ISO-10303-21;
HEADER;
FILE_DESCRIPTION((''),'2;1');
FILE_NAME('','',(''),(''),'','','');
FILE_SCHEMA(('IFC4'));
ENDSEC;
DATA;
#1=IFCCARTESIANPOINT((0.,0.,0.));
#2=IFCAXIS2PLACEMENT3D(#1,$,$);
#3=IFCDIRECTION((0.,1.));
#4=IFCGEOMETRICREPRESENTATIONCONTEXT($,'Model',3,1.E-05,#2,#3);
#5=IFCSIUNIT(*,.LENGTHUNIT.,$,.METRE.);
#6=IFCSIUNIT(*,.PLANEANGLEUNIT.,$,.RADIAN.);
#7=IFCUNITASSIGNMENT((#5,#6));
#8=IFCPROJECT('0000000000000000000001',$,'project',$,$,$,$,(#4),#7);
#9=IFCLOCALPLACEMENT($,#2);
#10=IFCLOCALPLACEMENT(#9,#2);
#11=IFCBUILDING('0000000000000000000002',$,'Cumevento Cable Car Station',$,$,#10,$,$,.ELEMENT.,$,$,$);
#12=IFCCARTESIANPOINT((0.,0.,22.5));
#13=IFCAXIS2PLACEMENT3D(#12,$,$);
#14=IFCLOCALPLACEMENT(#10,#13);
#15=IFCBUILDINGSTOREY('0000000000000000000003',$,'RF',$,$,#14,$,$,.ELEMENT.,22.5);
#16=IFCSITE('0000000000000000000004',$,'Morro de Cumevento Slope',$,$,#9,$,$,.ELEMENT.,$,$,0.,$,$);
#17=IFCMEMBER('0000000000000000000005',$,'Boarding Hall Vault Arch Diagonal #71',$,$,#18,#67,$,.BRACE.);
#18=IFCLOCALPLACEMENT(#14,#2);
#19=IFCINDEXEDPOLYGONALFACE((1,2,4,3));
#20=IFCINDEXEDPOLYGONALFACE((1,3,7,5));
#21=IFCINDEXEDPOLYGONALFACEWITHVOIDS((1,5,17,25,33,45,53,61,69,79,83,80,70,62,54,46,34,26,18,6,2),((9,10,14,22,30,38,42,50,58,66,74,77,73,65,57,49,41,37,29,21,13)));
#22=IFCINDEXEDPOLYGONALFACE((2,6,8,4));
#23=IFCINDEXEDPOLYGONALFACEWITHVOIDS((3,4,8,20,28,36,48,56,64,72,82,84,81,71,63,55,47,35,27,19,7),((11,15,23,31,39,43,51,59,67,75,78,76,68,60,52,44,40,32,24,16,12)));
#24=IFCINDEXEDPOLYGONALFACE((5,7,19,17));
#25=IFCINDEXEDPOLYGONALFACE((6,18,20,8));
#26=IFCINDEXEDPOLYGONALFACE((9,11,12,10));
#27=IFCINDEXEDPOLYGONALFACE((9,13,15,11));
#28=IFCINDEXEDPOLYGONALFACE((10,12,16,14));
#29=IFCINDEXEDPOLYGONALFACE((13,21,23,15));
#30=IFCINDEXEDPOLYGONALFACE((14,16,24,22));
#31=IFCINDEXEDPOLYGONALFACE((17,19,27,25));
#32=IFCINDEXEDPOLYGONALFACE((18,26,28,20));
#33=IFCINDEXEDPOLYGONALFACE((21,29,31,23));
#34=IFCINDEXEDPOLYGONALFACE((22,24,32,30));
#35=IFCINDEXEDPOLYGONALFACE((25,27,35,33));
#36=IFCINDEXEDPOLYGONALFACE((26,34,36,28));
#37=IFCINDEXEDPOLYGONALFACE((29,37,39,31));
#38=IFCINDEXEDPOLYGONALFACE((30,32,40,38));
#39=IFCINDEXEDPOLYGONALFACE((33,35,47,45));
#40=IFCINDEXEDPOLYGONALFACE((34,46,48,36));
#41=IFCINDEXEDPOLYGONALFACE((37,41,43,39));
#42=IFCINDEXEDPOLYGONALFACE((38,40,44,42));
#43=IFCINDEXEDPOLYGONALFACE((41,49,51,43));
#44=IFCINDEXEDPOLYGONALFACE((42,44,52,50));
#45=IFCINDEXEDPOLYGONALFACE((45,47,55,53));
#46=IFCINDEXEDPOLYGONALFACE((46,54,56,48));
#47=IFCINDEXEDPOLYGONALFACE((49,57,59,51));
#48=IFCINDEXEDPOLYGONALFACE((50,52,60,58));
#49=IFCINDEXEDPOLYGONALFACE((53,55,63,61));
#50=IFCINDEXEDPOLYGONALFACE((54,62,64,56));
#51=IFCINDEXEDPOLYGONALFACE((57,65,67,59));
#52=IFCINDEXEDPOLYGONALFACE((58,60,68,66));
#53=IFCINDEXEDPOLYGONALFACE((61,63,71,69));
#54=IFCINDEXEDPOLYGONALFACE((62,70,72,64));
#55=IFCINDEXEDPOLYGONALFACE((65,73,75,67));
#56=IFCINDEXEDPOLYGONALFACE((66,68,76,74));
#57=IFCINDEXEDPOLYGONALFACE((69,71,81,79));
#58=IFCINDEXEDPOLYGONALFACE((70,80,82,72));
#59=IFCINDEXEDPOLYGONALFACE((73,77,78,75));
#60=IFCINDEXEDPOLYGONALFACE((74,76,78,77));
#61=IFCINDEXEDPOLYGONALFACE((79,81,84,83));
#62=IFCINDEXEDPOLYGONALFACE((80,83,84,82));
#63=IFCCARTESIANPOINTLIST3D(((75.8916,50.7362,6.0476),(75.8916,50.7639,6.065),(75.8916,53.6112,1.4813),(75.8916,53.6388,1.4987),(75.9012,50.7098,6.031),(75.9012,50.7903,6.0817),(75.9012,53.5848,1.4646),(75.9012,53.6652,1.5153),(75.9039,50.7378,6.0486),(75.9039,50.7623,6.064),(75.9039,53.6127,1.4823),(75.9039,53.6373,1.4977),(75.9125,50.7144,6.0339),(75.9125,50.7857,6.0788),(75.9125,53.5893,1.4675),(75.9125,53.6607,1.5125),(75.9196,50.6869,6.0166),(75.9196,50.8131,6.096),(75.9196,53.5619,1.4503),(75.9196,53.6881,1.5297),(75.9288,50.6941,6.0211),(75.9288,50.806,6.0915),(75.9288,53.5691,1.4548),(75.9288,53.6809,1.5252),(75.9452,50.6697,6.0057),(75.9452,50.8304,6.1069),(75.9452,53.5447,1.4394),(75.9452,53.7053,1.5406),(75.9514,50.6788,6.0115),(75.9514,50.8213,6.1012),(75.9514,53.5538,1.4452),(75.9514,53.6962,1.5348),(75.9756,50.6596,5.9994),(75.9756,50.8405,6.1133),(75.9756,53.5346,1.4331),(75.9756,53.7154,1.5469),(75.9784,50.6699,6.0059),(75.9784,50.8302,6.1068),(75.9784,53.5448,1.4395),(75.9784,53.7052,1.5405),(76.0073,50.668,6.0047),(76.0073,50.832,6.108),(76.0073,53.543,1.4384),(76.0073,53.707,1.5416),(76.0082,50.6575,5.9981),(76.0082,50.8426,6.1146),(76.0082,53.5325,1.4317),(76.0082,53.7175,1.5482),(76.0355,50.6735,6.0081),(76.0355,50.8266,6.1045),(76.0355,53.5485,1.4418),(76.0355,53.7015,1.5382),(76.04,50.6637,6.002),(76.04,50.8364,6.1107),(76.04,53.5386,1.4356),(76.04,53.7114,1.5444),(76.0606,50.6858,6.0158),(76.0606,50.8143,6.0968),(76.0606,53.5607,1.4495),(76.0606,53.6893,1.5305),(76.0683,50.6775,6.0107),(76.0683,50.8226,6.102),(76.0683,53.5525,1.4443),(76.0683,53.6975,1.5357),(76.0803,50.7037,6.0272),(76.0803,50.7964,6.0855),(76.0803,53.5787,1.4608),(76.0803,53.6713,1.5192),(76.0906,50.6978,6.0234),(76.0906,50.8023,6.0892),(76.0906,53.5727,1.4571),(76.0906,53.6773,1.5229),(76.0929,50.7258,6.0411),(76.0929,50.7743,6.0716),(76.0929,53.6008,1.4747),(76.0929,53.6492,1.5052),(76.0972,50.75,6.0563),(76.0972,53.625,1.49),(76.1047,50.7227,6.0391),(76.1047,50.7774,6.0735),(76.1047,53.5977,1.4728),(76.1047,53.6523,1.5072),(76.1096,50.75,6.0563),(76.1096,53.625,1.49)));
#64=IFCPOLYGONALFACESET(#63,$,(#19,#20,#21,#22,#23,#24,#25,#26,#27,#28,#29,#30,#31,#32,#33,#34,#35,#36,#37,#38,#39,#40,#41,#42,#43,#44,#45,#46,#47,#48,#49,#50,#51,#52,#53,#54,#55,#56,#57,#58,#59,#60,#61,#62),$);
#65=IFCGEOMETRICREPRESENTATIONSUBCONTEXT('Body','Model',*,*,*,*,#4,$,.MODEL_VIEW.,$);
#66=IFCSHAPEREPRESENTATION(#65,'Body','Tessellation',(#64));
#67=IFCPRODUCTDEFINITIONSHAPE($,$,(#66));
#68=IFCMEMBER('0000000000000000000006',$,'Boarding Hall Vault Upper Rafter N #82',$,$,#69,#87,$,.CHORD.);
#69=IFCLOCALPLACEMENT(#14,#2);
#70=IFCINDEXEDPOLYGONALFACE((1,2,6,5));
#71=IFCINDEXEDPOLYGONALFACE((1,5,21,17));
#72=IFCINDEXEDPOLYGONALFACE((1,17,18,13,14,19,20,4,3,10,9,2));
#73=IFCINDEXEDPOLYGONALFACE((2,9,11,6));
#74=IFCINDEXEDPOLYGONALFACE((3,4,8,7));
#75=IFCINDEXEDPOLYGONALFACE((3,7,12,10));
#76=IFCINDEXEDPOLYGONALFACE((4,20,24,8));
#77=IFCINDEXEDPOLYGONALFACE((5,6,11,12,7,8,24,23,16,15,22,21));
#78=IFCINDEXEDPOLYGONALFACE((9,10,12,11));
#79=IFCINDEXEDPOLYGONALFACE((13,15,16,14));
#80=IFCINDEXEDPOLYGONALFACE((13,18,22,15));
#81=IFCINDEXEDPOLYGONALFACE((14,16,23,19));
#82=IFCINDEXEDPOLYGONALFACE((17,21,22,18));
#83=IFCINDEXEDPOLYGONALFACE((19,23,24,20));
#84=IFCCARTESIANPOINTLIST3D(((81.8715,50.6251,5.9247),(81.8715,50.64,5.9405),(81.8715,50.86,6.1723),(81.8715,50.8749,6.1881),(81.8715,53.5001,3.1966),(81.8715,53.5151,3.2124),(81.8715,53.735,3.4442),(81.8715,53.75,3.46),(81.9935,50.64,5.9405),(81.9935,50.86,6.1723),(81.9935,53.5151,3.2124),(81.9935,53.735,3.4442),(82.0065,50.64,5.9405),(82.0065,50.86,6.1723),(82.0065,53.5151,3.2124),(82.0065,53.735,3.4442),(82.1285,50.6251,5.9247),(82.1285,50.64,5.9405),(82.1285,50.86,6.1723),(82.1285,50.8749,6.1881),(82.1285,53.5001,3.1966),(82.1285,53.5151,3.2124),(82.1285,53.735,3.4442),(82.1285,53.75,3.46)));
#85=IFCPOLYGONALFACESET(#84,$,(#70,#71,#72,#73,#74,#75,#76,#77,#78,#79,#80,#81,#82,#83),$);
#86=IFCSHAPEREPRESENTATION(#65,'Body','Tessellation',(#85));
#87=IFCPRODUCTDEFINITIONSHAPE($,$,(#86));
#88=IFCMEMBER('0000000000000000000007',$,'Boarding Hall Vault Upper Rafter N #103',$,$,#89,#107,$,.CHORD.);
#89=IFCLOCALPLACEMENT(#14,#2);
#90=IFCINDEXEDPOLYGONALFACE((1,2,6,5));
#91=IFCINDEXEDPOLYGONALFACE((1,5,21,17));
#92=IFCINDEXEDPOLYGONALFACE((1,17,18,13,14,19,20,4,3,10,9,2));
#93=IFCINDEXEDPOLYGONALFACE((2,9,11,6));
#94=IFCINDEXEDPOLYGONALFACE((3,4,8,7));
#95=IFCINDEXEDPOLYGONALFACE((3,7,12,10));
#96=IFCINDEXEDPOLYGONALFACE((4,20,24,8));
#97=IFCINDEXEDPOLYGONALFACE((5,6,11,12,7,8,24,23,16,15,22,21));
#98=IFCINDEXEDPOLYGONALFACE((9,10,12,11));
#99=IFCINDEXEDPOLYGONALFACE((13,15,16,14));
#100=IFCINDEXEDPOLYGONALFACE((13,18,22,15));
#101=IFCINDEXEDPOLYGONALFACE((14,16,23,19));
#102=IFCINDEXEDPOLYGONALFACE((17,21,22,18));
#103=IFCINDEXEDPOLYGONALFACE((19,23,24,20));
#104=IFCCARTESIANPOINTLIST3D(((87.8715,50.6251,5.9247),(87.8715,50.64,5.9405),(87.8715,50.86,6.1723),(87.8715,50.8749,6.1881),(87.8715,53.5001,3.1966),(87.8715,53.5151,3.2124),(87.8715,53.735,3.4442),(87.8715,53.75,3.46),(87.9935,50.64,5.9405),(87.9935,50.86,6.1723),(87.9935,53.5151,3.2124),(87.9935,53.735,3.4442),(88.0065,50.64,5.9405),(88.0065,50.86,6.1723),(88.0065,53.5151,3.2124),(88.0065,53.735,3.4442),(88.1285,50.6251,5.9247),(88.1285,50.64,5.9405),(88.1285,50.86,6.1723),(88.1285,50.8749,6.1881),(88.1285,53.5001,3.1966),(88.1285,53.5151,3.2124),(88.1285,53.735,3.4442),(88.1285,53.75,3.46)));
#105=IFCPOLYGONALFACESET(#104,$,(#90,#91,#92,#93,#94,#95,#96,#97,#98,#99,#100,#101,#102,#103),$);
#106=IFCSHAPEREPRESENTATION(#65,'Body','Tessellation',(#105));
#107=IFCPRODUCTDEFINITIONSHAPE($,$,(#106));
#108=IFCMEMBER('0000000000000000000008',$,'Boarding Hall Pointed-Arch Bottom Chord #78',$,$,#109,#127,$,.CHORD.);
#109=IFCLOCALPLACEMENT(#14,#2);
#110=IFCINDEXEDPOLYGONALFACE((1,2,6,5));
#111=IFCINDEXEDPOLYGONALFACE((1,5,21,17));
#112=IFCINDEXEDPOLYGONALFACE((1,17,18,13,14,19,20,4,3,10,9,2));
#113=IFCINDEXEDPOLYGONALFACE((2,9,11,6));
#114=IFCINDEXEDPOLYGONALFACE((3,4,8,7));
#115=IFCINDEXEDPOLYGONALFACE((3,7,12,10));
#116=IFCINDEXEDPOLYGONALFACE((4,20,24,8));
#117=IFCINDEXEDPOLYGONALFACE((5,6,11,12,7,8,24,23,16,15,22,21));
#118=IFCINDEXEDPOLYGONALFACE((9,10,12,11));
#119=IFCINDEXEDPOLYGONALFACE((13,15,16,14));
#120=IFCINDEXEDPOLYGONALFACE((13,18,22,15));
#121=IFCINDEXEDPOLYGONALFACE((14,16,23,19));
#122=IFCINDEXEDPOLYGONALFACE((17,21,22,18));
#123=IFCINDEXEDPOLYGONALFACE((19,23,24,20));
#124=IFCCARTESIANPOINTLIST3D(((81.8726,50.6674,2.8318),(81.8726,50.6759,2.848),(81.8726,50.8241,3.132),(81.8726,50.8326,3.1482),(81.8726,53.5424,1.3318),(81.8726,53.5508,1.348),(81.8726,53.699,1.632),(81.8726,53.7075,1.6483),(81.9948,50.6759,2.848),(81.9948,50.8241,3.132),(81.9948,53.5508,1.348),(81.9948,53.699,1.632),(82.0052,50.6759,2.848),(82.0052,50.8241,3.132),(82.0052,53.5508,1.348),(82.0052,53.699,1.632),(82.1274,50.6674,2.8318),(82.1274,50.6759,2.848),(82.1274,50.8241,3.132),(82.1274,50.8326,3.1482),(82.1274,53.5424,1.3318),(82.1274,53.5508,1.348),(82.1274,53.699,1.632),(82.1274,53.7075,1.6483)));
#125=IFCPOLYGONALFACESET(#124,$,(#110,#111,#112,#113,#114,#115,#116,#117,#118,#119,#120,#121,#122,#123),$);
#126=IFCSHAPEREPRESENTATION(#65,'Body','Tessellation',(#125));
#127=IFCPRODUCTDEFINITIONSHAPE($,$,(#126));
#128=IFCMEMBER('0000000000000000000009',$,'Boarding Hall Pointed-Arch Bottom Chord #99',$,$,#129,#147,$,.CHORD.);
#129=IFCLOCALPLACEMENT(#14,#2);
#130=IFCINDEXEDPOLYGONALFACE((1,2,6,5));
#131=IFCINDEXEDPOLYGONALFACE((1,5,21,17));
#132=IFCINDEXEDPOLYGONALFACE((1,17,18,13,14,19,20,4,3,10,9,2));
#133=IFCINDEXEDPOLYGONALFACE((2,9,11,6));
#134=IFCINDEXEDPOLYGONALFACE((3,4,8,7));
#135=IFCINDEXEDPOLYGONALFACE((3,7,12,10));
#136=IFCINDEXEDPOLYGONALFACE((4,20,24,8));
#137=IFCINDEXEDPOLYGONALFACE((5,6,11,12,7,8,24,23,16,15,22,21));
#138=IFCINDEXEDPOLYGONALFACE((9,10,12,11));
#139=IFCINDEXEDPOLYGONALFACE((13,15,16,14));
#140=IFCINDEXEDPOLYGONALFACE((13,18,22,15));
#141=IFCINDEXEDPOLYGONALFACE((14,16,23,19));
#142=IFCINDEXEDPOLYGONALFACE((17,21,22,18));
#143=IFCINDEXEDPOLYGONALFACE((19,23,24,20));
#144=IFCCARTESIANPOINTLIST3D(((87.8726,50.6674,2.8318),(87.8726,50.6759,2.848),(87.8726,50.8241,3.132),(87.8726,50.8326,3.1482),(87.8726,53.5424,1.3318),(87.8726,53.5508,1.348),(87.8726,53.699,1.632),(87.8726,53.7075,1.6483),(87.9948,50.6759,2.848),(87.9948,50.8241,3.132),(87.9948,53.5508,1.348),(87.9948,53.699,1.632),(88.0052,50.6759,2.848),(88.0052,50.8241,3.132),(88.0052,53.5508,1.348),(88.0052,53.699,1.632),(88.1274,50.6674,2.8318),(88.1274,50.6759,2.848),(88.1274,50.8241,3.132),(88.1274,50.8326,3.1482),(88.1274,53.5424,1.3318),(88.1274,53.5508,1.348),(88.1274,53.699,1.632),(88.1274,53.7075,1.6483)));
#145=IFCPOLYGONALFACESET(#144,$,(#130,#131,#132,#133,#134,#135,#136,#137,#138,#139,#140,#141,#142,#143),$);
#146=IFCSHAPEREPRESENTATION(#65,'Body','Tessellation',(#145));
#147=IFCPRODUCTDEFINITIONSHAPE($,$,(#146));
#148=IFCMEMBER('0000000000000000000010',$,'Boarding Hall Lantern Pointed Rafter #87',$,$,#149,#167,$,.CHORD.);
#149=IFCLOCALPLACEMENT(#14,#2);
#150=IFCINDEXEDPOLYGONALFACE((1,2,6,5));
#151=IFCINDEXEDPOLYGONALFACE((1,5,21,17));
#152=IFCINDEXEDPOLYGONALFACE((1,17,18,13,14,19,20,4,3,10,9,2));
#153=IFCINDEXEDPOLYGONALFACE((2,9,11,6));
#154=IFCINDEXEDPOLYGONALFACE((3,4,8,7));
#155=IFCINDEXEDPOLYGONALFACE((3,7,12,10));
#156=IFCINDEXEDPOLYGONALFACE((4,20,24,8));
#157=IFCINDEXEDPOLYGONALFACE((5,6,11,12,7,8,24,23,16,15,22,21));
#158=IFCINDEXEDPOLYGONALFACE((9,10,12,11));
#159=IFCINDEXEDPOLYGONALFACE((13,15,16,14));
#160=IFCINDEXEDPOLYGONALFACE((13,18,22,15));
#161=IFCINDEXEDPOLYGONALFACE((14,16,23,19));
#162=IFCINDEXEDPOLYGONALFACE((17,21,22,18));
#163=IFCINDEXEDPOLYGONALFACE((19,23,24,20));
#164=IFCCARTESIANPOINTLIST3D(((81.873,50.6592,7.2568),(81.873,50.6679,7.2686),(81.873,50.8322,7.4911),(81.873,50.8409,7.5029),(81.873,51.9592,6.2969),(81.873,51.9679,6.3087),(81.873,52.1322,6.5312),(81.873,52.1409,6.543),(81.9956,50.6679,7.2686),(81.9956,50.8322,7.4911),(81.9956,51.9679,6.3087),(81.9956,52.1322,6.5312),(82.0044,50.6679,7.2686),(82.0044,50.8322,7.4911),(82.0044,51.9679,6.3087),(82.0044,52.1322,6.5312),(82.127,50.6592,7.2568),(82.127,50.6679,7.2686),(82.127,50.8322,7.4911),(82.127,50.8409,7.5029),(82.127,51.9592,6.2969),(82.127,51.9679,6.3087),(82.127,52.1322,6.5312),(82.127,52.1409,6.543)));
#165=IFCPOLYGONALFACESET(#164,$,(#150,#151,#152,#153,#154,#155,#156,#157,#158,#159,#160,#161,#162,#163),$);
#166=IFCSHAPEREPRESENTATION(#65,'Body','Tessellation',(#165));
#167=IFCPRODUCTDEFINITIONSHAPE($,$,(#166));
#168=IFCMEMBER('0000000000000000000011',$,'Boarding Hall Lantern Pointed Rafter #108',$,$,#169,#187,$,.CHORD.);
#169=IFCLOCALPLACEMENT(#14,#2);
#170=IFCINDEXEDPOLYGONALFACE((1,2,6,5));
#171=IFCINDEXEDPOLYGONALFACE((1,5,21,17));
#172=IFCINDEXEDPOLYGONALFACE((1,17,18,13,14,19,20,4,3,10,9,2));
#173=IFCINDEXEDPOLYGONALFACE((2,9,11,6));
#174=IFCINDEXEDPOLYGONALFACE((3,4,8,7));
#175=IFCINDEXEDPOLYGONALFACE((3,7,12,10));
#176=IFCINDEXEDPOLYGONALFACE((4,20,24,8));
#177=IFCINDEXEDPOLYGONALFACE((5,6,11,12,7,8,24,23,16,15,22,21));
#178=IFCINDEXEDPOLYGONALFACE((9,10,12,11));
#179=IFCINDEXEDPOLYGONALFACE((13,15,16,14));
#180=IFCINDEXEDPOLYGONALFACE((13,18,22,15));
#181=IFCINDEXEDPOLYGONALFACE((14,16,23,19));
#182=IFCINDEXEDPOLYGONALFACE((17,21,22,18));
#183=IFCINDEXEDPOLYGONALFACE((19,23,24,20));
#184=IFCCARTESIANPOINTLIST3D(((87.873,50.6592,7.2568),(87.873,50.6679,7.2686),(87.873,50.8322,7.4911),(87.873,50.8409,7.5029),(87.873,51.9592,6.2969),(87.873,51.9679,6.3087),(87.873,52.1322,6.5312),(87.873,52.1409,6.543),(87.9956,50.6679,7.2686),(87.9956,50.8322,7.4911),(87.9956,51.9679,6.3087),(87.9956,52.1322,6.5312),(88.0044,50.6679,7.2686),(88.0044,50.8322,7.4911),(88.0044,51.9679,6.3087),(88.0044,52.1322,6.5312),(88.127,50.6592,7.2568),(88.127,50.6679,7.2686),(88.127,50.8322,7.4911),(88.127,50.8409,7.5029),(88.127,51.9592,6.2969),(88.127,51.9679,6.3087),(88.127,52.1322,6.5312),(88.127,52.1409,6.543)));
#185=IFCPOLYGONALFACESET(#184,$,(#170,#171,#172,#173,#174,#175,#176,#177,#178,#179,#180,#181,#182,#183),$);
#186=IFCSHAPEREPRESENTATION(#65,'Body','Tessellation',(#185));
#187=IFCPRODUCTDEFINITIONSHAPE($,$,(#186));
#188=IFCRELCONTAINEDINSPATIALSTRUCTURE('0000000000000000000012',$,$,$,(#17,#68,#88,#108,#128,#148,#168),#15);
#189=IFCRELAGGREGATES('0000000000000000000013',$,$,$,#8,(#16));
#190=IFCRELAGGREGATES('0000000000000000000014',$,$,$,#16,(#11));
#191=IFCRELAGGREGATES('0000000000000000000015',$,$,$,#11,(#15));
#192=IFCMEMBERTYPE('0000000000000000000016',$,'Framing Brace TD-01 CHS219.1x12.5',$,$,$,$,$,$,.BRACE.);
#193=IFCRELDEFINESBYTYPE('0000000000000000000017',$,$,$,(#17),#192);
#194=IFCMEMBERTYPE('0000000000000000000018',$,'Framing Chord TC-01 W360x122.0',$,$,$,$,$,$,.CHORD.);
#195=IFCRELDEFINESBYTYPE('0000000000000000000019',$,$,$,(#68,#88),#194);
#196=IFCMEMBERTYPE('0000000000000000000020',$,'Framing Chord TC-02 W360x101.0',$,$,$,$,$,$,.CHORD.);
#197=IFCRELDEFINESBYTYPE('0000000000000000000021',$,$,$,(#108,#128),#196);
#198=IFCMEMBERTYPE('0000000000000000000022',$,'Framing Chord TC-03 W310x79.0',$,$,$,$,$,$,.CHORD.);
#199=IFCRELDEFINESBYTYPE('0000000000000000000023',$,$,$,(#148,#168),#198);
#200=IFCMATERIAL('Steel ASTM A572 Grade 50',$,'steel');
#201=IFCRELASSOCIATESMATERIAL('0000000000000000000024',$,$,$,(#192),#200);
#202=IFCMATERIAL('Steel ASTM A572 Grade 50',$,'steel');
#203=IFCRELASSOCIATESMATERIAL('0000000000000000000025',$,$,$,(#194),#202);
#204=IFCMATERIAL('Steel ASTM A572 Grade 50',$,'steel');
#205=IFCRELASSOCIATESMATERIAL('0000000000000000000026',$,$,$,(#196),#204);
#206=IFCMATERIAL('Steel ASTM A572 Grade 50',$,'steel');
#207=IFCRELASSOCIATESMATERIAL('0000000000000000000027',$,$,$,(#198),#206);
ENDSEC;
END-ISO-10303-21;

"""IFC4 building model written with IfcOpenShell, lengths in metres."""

from ifc_helpers import new_model, si_unit, direction, frame, origin, origin_2d, place, context, subcontext, project, spatial, hollow_circle, i_section, extrude, material, material_profile, profile_set, type_object, element, save


model = new_model("IFC4")

# Units and contexts
model_context = context("Model", 3, precision=1e-05, world=origin(), true_north=direction((0.0, 1.0)))
body_context = subcontext(model_context, "Body", "Model", "MODEL_VIEW")
ifc_project = project(units=[si_unit("LENGTHUNIT", "METRE"), si_unit("PLANEANGLEUNIT", "RADIAN")], contexts=[model_context])

# Site, building, storey
site_placement = place(None, origin())
site = spatial("IfcSite", under=ifc_project, at=site_placement, Name="Morro de Cumevento Slope", CompositionType="ELEMENT", RefElevation=0.0)
building_placement = place(site_placement, origin())
building = spatial("IfcBuilding", under=site, at=building_placement, Name="Cumevento Cable Car Station", CompositionType="ELEMENT")
storey_placement = place(building_placement, frame((0.0, 0.0, 22.5)))
storey = spatial("IfcBuildingStorey", under=building, at=storey_placement, Name="RF", CompositionType="ELEMENT", Elevation=22.5)

# Members
ifc_material_1 = material(Name="Steel ASTM A572 Grade 50", Category="steel")
ifc_material_profile_1 = material_profile(ifc_material_1, hollow_circle(Radius=0.1096, WallThickness=0.0125, at=origin_2d()), Name="CHS219.1x12.5")
ifc_profile_set_1 = profile_set([ifc_material_profile_1], Name="Steel ASTM A572 Grade 50")
member_type_1 = type_object("IfcMemberType", Name="Framing Brace TD-01 CHS219.1x12.5", PredefinedType="BRACE", material=ifc_profile_set_1)
member_placement = place(storey_placement, frame((76.0, 53.625, 1.49), z_axis=(0.0, -0.532794, 0.846245), x_axis=(1.0, 0.0, 0.0)))
element("IfcMember", 1, at=member_placement, inside=storey, type_object=member_type_1, Name="Boarding Hall Vault Arch Diagonal #71", PredefinedType="BRACE", context=body_context, shape_type="SweptSolid", body=[
    extrude(hollow_circle(Radius=0.1096, WallThickness=0.0125, at=origin_2d()), origin(), (0.0, 0.0, 1.0), 5.396),
])
ifc_material_2 = material(Name="Steel ASTM A572 Grade 50", Category="steel")
ifc_material_profile_2 = material_profile(ifc_material_2, i_section(OverallWidth=0.2571, OverallDepth=0.363, WebThickness=0.0129, FlangeThickness=0.0217, at=origin_2d()), Name="W360x122.0")
ifc_profile_set_2 = profile_set([ifc_material_profile_2], Name="Steel ASTM A572 Grade 50")
member_type_2 = type_object("IfcMemberType", Name="Framing Chord TC-01 W360x122.0", PredefinedType="CHORD", material=ifc_profile_set_2)
for number, where, z_axis, x_axis, name in (
    (2, (82.0, 50.75, 6.0564), (0.0, 0.725405, -0.688322), (-1.0, 0.0, 0.0), "Boarding Hall Vault Upper Rafter N #82"),
    (3, (88.0, 50.75, 6.0564), (0.0, 0.725405, -0.688322), (-1.0, 0.0, 0.0), "Boarding Hall Vault Upper Rafter N #103"),
):
    element("IfcMember", number, at=place(storey_placement, frame(where, z_axis=z_axis, x_axis=x_axis)), inside=storey, type_object=member_type_2, Name=name, PredefinedType="CHORD", context=body_context, shape_type="SweptSolid", body=[
        extrude(i_section(OverallWidth=0.2571, OverallDepth=0.363, WebThickness=0.0129, FlangeThickness=0.0217, at=origin_2d()), origin(), (0.0, 0.0, 1.0), 3.9634),
    ])
ifc_material_3 = material(Name="Steel ASTM A572 Grade 50", Category="steel")
ifc_material_profile_3 = material_profile(ifc_material_3, i_section(OverallWidth=0.2549, OverallDepth=0.3569, WebThickness=0.0105, FlangeThickness=0.0183, at=origin_2d()), Name="W360x101.0")
ifc_profile_set_3 = profile_set([ifc_material_profile_3], Name="Steel ASTM A572 Grade 50")
member_type_3 = type_object("IfcMemberType", Name="Framing Chord TC-02 W360x101.0", PredefinedType="CHORD", material=ifc_profile_set_3)
for number, where, z_axis, x_axis, name in (
    (4, (82.0, 50.75, 2.99), (0.0, 0.886585, -0.462566), (-1.0, 0.0, 0.0), "Boarding Hall Pointed-Arch Bottom Chord #78"),
    (5, (88.0, 50.75, 2.99), (0.0, 0.886585, -0.462566), (-1.0, 0.0, 0.0), "Boarding Hall Pointed-Arch Bottom Chord #99"),
):
    element("IfcMember", number, at=place(storey_placement, frame(where, z_axis=z_axis, x_axis=x_axis)), inside=storey, type_object=member_type_3, Name=name, PredefinedType="CHORD", context=body_context, shape_type="SweptSolid", body=[
        extrude(i_section(OverallWidth=0.2549, OverallDepth=0.3569, WebThickness=0.0105, FlangeThickness=0.0183, at=origin_2d()), origin(), (0.0, 0.0, 1.0), 3.2427),
    ])
ifc_material_4 = material(Name="Steel ASTM A572 Grade 50", Category="steel")
ifc_material_profile_4 = material_profile(ifc_material_4, i_section(OverallWidth=0.2539, OverallDepth=0.3059, WebThickness=0.0088, FlangeThickness=0.0146, at=origin_2d()), Name="W310x79.0")
ifc_profile_set_4 = profile_set([ifc_material_profile_4], Name="Steel ASTM A572 Grade 50")
member_type_4 = type_object("IfcMemberType", Name="Framing Chord TC-03 W310x79.0", PredefinedType="CHORD", material=ifc_profile_set_4)
for number, where, z_axis, x_axis, name in (
    (6, (82.0, 52.05, 6.4199), (0.0, -0.804455, 0.594013), (1.0, 0.0, 0.0), "Boarding Hall Lantern Pointed Rafter #87"),
    (7, (88.0, 52.05, 6.4199), (0.0, -0.804455, 0.594013), (1.0, 0.0, 0.0), "Boarding Hall Lantern Pointed Rafter #108"),
):
    element("IfcMember", number, at=place(storey_placement, frame(where, z_axis=z_axis, x_axis=x_axis)), inside=storey, type_object=member_type_4, Name=name, PredefinedType="CHORD", context=body_context, shape_type="SweptSolid", body=[
        extrude(i_section(OverallWidth=0.2539, OverallDepth=0.3059, WebThickness=0.0088, FlangeThickness=0.0146, at=origin_2d()), origin(), (0.0, 0.0, 1.0), 1.616),
    ])

save(model, "model.ifc")
